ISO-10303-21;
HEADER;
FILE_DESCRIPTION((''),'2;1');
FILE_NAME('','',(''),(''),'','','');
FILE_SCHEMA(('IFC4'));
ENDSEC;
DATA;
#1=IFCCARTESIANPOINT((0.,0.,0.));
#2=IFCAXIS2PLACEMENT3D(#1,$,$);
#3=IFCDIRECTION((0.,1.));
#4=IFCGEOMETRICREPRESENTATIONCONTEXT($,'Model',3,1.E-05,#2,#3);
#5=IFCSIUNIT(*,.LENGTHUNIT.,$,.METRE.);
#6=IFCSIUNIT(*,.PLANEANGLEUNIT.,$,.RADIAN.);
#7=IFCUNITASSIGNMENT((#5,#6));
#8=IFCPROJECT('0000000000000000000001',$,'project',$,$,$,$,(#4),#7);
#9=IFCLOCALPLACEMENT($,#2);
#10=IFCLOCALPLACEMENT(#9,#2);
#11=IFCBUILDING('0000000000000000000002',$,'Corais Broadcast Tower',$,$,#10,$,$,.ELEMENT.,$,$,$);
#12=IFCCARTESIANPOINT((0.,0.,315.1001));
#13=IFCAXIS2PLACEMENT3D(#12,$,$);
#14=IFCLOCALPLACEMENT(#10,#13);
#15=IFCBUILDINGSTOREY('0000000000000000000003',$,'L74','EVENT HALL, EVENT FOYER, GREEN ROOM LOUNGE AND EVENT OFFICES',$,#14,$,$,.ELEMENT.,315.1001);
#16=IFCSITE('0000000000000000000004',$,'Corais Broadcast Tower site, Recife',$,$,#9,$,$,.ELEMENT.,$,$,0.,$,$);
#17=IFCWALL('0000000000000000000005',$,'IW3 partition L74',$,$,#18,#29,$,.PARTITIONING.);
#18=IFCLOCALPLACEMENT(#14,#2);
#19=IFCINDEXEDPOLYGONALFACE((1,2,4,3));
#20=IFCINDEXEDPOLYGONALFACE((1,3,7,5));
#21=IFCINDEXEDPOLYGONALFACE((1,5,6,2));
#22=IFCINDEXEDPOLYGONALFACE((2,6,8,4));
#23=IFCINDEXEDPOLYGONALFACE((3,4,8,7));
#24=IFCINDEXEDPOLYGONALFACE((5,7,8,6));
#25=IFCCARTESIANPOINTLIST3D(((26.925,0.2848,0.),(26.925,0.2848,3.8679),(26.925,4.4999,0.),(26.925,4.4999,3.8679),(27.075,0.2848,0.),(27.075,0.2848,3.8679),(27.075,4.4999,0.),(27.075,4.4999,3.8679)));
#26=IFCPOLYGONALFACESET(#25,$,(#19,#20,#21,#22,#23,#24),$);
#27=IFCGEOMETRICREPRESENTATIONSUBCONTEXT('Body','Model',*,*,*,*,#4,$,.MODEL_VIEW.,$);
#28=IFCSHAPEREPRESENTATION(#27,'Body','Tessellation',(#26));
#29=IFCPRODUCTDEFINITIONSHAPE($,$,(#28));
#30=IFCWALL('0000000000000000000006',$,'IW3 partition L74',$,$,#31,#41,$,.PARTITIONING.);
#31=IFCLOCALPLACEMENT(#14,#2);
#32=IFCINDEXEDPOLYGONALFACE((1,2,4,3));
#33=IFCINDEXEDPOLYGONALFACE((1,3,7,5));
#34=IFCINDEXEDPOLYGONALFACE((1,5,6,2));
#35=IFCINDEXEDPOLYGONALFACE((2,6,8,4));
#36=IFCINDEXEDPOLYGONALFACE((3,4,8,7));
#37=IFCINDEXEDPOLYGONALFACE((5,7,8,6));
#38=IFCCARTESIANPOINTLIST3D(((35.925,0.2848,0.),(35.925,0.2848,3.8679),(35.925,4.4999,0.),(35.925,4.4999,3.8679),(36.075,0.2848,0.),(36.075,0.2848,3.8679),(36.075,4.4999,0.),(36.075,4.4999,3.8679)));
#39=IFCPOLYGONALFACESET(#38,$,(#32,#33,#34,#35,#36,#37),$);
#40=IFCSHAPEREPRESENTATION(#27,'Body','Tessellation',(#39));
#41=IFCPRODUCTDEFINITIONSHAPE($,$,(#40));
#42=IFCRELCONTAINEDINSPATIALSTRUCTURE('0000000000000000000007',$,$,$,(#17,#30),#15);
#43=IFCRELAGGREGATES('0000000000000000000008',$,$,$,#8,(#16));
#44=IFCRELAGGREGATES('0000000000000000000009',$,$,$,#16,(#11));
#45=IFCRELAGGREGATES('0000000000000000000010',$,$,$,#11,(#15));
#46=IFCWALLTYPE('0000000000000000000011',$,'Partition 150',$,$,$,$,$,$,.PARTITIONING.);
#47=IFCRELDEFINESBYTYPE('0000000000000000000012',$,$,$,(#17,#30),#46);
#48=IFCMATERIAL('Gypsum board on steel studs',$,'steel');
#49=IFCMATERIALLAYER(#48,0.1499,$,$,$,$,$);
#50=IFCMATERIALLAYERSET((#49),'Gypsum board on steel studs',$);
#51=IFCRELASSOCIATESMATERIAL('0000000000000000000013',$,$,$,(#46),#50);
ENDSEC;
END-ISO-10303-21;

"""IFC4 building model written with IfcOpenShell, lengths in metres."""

from ifc_helpers import new_model, si_unit, direction, frame, frame_2d, origin, place, context, subcontext, project, spatial, rectangle, extrude, material, layer, layer_set, type_object, element, save


model = new_model("IFC4")

# Units and contexts
model_context = context("Model", 3, precision=1e-05, world=origin(), true_north=direction((0.0, 1.0)))
body_context = subcontext(model_context, "Body", "Model", "MODEL_VIEW")
ifc_project = project(units=[si_unit("LENGTHUNIT", "METRE"), si_unit("PLANEANGLEUNIT", "RADIAN")], contexts=[model_context])

# Site, building, storey
site_placement = place(None, origin())
site = spatial("IfcSite", under=ifc_project, at=site_placement, Name="Corais Broadcast Tower site, Recife", CompositionType="ELEMENT", RefElevation=0.0)
building_placement = place(site_placement, origin())
building = spatial("IfcBuilding", under=site, at=building_placement, Name="Corais Broadcast Tower", CompositionType="ELEMENT")
storey_placement = place(building_placement, frame((0.0, 0.0, 315.1001)))
storey = spatial("IfcBuildingStorey", under=building, at=storey_placement, Name="L74", Description="EVENT HALL, EVENT FOYER, GREEN ROOM LOUNGE AND EVENT OFFICES", CompositionType="ELEMENT", Elevation=315.1001)

# Walls
ifc_material_1 = material(Name="Gypsum board on steel studs", Category="steel")
ifc_layer_1 = layer(ifc_material_1, 0.1499)
ifc_layer_set_1 = layer_set([ifc_layer_1], Name="Gypsum board on steel studs")
wall_type = type_object("IfcWallType", Name="Partition 150", PredefinedType="PARTITIONING", material=ifc_layer_set_1)
for number, where, z_axis, x_axis, name in (
    (1, (27.0, 0.2849, 0.0), (0.0, 0.0, 1.0), (0.0, 1.0, 0.0), "IW3 partition L74"),
    (2, (36.0, 0.2849, 0.0), (0.0, 0.0, 1.0), (0.0, 1.0, 0.0), "IW3 partition L74"),
):
    element("IfcWall", number, at=place(storey_placement, frame(where, z_axis=z_axis, x_axis=x_axis)), inside=storey, type_object=wall_type, Name=name, PredefinedType="PARTITIONING", context=body_context, shape_type="SweptSolid", body=[
        extrude(rectangle(XDim=4.2151, YDim=0.1499, at=frame_2d((2.1074, 0.0))), origin(), (0.0, 0.0, 1.0), 3.8679),
    ])

save(model, "model.ifc")
